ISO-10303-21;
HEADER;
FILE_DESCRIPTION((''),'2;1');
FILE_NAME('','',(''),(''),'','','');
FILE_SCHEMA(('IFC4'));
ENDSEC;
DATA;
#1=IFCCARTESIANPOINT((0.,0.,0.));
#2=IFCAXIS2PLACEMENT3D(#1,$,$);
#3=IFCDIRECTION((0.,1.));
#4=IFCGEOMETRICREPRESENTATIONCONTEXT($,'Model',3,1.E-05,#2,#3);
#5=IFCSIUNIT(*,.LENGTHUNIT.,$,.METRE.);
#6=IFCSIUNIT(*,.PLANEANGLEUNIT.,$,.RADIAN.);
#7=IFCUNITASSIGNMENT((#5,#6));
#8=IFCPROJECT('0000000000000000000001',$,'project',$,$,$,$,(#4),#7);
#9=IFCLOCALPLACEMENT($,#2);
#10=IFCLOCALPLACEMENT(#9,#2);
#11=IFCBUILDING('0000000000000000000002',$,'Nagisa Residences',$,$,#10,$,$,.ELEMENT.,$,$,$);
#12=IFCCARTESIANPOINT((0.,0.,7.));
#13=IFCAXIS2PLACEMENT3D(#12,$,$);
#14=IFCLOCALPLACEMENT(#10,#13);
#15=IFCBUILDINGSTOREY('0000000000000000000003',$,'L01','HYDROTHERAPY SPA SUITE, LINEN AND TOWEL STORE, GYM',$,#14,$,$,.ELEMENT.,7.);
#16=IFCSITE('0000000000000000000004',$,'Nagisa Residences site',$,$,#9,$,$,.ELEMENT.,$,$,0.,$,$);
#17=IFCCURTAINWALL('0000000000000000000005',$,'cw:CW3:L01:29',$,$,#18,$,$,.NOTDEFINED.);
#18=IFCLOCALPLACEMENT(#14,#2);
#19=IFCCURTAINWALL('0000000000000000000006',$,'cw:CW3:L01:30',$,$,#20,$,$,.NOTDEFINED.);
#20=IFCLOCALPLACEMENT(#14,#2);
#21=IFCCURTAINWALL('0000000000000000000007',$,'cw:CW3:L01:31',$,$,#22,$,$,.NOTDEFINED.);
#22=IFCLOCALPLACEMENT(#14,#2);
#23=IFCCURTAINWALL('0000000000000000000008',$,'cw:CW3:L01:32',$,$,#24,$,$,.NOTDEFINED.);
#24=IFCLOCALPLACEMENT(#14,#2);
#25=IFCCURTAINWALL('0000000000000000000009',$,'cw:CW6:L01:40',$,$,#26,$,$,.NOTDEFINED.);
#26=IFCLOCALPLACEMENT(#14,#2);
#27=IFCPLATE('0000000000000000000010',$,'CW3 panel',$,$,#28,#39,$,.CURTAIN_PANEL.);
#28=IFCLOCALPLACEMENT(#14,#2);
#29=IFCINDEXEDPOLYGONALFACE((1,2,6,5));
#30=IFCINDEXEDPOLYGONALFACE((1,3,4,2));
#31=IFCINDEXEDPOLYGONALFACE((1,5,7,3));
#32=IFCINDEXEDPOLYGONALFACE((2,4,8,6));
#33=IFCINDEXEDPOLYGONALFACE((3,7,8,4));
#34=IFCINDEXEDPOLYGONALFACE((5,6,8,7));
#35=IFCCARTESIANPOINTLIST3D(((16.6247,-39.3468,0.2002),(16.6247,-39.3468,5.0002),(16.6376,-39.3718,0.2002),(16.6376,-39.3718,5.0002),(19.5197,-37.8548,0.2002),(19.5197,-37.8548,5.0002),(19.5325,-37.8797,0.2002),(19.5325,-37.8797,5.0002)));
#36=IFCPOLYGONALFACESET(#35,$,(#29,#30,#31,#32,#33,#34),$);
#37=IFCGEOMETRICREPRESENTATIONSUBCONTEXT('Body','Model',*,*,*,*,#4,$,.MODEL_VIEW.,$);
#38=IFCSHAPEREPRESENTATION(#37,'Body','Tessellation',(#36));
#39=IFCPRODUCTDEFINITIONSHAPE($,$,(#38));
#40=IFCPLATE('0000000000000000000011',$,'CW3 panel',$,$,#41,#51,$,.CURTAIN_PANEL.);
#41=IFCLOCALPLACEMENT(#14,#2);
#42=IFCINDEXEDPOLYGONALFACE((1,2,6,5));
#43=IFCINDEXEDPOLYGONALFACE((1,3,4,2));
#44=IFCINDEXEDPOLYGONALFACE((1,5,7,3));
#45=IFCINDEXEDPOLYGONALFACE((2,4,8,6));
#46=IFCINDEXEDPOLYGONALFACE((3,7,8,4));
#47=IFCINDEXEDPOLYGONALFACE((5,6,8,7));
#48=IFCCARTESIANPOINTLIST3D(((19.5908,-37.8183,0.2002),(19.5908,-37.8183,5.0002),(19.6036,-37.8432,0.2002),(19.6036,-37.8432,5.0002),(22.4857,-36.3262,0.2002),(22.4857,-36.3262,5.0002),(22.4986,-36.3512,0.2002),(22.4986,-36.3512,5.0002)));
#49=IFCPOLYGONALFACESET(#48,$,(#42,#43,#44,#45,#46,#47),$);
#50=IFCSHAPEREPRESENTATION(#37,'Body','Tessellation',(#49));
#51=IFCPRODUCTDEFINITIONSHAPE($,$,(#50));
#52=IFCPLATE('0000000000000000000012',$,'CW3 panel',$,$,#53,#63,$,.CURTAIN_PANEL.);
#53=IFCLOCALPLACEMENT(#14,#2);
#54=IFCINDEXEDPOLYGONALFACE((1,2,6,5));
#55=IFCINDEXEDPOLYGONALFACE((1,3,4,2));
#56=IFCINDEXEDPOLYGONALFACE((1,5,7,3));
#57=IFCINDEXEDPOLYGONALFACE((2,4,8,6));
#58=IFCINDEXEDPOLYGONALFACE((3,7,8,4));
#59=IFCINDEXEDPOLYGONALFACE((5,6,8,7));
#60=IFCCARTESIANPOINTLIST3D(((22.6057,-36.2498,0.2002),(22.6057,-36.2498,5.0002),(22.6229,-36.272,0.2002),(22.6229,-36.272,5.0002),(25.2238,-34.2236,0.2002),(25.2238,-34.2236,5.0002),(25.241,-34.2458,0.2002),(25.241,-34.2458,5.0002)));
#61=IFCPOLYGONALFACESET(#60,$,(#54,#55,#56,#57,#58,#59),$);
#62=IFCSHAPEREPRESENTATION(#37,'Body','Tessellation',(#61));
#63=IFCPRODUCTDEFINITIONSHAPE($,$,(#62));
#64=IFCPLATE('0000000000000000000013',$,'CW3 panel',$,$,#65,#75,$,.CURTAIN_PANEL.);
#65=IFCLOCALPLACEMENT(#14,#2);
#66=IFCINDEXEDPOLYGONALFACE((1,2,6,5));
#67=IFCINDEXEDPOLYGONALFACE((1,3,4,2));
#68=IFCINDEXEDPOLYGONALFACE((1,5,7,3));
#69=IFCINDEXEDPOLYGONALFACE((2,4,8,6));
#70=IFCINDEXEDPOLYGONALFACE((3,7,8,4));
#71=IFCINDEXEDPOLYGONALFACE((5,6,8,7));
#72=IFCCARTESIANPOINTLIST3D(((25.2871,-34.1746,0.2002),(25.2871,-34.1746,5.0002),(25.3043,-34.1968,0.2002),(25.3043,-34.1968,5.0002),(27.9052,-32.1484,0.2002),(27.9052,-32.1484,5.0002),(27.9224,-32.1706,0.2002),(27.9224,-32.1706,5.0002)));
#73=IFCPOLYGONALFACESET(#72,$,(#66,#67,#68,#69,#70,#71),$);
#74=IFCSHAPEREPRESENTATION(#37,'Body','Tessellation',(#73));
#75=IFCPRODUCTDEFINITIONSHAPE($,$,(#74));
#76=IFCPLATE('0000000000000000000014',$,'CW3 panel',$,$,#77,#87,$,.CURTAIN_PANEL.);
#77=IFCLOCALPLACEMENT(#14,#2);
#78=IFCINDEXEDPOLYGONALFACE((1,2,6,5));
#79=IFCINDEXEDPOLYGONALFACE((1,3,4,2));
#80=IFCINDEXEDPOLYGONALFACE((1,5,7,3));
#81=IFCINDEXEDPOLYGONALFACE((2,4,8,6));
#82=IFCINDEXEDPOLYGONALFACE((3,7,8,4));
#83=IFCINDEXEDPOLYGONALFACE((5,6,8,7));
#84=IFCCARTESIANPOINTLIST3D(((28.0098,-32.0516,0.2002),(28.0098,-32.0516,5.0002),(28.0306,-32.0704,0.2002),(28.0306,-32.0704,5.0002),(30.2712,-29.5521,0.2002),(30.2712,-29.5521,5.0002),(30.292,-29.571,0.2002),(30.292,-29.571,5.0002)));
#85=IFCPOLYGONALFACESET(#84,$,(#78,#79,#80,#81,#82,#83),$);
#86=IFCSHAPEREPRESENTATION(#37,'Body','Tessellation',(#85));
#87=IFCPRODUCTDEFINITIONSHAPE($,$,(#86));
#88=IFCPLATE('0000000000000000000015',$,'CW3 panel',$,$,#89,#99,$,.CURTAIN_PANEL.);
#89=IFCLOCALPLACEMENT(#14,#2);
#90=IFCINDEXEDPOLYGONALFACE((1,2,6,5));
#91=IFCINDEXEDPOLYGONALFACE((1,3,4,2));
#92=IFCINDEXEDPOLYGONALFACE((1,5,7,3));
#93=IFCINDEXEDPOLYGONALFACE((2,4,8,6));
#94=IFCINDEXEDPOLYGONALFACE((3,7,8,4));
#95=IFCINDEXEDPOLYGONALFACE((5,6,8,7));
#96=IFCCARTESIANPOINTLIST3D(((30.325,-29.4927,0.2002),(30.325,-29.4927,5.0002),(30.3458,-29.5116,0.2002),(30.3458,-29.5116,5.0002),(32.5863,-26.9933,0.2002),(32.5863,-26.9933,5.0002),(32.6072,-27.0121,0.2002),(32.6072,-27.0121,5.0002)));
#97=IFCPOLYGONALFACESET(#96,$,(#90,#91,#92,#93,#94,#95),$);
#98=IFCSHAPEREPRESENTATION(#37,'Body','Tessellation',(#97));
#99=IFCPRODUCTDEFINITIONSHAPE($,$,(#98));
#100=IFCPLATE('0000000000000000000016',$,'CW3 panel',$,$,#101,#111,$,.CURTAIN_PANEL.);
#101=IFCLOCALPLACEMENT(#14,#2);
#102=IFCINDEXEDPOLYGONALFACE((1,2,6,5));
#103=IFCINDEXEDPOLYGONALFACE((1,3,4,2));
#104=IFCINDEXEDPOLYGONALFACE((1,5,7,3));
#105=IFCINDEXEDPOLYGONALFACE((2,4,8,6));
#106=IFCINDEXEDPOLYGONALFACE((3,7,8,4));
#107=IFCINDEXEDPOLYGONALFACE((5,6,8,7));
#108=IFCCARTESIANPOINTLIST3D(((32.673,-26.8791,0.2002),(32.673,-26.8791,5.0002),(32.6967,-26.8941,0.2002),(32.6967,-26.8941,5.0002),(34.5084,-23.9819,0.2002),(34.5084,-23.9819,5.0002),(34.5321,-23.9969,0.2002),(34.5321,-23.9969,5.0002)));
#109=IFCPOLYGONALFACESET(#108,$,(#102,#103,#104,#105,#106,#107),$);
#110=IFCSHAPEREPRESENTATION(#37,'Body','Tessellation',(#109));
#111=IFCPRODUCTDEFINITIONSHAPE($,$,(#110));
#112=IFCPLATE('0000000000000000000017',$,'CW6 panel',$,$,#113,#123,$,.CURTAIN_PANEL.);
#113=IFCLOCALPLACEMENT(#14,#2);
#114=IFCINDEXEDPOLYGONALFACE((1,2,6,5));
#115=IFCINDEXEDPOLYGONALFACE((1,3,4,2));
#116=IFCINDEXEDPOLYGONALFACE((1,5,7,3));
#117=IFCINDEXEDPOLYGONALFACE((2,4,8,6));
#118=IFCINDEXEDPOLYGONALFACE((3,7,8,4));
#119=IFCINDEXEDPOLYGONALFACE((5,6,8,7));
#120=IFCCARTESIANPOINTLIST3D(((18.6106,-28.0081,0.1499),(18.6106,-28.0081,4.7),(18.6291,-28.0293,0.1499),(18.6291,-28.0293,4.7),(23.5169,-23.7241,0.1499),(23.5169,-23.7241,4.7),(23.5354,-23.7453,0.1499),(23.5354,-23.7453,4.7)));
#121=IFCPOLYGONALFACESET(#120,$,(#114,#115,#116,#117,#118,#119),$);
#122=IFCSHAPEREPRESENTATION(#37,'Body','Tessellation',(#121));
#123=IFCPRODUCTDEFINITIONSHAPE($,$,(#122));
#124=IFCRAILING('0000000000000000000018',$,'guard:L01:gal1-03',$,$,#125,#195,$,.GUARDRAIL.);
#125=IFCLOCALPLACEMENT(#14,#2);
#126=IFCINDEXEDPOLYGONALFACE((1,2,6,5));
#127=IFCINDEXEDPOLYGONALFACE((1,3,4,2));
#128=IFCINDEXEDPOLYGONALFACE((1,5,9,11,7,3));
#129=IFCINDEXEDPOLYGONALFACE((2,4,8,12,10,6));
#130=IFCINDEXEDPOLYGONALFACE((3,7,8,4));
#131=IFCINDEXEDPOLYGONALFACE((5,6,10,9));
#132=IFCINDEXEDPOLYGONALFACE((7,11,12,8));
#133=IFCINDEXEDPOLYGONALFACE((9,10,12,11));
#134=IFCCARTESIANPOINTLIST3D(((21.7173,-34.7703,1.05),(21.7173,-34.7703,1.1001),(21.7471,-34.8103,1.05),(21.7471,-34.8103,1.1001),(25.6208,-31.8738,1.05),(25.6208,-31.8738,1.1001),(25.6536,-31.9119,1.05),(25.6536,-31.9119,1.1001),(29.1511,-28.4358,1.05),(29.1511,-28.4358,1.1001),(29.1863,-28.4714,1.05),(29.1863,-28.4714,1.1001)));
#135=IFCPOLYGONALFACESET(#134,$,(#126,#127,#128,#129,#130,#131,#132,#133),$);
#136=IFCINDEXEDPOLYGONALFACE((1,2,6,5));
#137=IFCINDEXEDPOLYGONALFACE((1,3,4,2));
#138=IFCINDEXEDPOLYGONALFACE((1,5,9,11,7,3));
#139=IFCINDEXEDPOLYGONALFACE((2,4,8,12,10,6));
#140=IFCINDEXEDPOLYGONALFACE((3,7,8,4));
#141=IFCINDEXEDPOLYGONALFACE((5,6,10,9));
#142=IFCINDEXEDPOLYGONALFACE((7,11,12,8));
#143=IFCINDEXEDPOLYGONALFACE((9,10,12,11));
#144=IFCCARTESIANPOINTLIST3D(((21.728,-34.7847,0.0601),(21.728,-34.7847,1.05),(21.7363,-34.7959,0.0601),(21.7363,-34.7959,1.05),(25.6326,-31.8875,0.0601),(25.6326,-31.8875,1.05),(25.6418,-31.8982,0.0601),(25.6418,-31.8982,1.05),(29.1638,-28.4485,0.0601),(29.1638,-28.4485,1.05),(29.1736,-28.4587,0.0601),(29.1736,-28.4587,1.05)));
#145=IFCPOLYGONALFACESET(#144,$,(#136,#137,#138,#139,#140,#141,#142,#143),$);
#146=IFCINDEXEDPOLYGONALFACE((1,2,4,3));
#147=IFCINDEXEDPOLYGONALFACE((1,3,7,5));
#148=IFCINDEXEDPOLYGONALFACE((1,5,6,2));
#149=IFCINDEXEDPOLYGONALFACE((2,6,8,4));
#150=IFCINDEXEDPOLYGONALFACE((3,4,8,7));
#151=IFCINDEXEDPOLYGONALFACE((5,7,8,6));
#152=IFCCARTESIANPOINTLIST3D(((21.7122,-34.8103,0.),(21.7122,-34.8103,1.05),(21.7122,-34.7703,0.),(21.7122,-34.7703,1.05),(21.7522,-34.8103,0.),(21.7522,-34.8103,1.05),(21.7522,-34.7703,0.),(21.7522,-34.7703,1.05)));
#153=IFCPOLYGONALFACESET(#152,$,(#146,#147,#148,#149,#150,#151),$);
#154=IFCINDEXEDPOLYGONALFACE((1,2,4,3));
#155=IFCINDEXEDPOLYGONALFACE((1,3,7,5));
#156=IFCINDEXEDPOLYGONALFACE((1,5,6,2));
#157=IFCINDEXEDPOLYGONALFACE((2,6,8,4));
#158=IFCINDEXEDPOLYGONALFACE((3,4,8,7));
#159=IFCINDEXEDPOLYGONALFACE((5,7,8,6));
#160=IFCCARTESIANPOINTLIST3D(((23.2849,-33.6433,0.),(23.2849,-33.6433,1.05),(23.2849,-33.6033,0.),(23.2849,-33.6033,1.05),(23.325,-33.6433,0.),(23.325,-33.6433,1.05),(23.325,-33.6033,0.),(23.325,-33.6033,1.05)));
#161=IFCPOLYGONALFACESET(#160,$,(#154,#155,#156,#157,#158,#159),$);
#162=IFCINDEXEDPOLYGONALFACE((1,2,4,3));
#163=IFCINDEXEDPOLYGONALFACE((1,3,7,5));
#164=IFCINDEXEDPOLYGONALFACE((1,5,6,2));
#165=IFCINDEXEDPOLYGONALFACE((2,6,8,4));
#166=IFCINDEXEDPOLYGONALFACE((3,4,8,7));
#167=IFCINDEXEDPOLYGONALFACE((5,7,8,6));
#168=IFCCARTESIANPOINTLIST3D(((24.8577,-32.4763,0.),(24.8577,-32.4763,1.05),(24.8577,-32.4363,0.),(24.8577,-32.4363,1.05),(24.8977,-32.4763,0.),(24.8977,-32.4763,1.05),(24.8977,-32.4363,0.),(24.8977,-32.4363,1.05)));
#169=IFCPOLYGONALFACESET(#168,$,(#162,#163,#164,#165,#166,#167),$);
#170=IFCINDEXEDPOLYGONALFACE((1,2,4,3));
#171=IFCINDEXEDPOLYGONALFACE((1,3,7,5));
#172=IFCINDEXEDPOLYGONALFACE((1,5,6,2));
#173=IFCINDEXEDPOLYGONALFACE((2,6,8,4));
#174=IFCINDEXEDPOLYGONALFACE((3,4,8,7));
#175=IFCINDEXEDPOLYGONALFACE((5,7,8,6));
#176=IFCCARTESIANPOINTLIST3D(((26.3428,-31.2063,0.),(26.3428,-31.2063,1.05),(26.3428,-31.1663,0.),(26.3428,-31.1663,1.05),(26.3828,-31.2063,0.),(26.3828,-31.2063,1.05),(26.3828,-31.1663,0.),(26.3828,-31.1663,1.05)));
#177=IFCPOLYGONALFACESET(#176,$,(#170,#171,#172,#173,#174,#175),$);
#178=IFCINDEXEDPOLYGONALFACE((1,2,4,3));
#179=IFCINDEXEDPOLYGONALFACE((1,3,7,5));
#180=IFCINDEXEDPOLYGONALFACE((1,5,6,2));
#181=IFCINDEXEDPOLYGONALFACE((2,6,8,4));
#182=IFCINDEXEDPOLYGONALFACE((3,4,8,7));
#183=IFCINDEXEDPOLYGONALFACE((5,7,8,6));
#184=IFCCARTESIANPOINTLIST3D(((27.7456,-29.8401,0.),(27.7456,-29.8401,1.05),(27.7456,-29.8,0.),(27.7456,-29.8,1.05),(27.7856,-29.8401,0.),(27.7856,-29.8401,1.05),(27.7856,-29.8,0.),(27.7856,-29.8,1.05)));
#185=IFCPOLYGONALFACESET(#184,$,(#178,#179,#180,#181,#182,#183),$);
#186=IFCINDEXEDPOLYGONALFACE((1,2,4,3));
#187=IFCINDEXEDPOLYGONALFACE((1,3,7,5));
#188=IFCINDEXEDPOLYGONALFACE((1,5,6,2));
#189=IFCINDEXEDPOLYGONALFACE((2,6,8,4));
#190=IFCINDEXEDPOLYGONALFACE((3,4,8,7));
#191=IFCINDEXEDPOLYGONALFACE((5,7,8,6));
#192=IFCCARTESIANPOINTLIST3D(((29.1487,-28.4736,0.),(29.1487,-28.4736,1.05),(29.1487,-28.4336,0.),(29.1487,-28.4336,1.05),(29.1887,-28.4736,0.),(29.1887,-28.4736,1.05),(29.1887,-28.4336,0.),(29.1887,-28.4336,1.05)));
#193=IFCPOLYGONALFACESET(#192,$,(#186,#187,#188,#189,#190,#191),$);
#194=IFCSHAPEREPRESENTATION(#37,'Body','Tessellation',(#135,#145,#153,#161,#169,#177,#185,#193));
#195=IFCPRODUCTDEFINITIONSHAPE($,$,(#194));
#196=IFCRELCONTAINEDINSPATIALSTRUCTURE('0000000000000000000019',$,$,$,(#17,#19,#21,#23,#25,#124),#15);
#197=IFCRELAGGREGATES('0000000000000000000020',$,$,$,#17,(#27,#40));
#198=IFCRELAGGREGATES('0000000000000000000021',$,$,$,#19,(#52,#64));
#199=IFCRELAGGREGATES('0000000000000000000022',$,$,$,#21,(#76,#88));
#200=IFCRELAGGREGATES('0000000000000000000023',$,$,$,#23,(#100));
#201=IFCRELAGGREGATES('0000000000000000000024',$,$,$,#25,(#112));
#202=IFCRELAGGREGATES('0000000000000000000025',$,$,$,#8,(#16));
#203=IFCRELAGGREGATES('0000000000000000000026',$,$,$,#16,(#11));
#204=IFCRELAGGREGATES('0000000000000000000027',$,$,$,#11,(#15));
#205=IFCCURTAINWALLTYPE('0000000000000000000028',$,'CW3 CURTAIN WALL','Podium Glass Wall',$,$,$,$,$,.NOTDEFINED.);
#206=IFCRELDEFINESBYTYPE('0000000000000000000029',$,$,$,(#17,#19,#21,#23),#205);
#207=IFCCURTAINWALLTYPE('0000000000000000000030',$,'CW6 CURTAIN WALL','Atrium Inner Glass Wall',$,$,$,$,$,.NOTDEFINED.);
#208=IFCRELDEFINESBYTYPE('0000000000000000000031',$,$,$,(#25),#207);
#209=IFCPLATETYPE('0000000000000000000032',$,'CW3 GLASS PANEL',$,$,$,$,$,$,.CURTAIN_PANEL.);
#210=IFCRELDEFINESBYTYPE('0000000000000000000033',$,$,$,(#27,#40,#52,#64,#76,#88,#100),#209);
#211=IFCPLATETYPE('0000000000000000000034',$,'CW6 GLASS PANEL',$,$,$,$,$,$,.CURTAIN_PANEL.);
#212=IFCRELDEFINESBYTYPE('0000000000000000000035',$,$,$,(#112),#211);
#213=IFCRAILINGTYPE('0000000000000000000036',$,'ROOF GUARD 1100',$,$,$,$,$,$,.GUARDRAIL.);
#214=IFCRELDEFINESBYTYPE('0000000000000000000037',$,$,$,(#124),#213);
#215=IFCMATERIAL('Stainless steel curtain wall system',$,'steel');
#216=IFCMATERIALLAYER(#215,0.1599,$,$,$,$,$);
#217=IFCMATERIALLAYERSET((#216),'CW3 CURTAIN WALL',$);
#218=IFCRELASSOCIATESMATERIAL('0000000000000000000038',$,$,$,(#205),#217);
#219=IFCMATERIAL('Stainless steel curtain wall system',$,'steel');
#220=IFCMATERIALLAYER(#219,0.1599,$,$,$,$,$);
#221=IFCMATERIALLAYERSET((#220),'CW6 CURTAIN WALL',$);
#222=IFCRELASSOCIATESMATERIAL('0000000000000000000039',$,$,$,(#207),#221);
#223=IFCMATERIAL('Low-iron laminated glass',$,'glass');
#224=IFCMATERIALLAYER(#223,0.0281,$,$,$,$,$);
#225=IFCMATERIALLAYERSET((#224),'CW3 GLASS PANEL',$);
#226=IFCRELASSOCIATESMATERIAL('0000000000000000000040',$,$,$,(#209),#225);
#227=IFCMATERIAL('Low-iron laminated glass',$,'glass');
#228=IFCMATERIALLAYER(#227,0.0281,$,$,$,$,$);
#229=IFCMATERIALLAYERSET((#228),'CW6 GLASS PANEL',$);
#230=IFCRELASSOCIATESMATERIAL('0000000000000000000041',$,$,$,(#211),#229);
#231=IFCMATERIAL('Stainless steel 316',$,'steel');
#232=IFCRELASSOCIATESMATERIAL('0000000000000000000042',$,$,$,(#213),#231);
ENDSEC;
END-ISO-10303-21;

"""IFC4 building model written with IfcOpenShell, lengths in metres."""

from ifc_helpers import new_model, si_unit, direction, frame, origin, origin_2d, place, context, subcontext, project, spatial, polyline, rectangle, outline, extrude, material, layer, layer_set, type_object, element, aggregate, save


model = new_model("IFC4")

# Units and contexts
model_context = context("Model", 3, precision=1e-05, world=origin(), true_north=direction((0.0, 1.0)))
body_context = subcontext(model_context, "Body", "Model", "MODEL_VIEW")
ifc_project = project(units=[si_unit("LENGTHUNIT", "METRE"), si_unit("PLANEANGLEUNIT", "RADIAN")], contexts=[model_context])

# Site, building, storey
site_placement = place(None, origin())
site = spatial("IfcSite", under=ifc_project, at=site_placement, Name="Nagisa Residences site", CompositionType="ELEMENT", RefElevation=0.0)
building_placement = place(site_placement, origin())
building = spatial("IfcBuilding", under=site, at=building_placement, Name="Nagisa Residences", CompositionType="ELEMENT")
storey_placement = place(building_placement, frame((0.0, 0.0, 7.0)))
storey = spatial("IfcBuildingStorey", under=building, at=storey_placement, Name="L01", Description="HYDROTHERAPY SPA SUITE, LINEN AND TOWEL STORE, GYM", CompositionType="ELEMENT", Elevation=7.0)

# Curtain walls
ifc_material_1 = material(Name="Stainless steel curtain wall system", Category="steel")
ifc_layer_1 = layer(ifc_material_1, 0.1599)
ifc_layer_set_1 = layer_set([ifc_layer_1], Name="CW3 CURTAIN WALL")
curtain_wall_type_1 = type_object("IfcCurtainWallType", Name="CW3 CURTAIN WALL", Description="Podium Glass Wall", PredefinedType="NOTDEFINED", material=ifc_layer_set_1)
curtain_wall_1_placement = place(storey_placement, origin())
curtain_wall_1 = element("IfcCurtainWall", 1, at=curtain_wall_1_placement, inside=storey, type_object=curtain_wall_type_1, Name="cw:CW3:L01:29", PredefinedType="NOTDEFINED")
curtain_wall_2_placement = place(storey_placement, origin())
curtain_wall_2 = element("IfcCurtainWall", 2, at=curtain_wall_2_placement, inside=storey, type_object=curtain_wall_type_1, Name="cw:CW3:L01:30", PredefinedType="NOTDEFINED")
curtain_wall_3_placement = place(storey_placement, origin())
curtain_wall_3 = element("IfcCurtainWall", 3, at=curtain_wall_3_placement, inside=storey, type_object=curtain_wall_type_1, Name="cw:CW3:L01:31", PredefinedType="NOTDEFINED")
curtain_wall_4_placement = place(storey_placement, origin())
curtain_wall_4 = element("IfcCurtainWall", 4, at=curtain_wall_4_placement, inside=storey, type_object=curtain_wall_type_1, Name="cw:CW3:L01:32", PredefinedType="NOTDEFINED")

# Curtain wall
ifc_material_2 = material(Name="Stainless steel curtain wall system", Category="steel")
ifc_layer_2 = layer(ifc_material_2, 0.1599)
ifc_layer_set_2 = layer_set([ifc_layer_2], Name="CW6 CURTAIN WALL")
curtain_wall_type_2 = type_object("IfcCurtainWallType", Name="CW6 CURTAIN WALL", Description="Atrium Inner Glass Wall", PredefinedType="NOTDEFINED", material=ifc_layer_set_2)
curtain_wall_5_placement = place(storey_placement, origin())
curtain_wall_5 = element("IfcCurtainWall", 5, at=curtain_wall_5_placement, inside=storey, type_object=curtain_wall_type_2, Name="cw:CW6:L01:40", PredefinedType="NOTDEFINED")

# Plates
ifc_material_3 = material(Name="Low-iron laminated glass", Category="glass")
ifc_layer_3 = layer(ifc_material_3, 0.0281)
ifc_layer_set_3 = layer_set([ifc_layer_3], Name="CW3 GLASS PANEL")
plate_type_1 = type_object("IfcPlateType", Name="CW3 GLASS PANEL", PredefinedType="CURTAIN_PANEL", material=ifc_layer_set_3)
plate_1_placement = place(storey_placement, frame((18.0786, -38.6133, 0.2002), z_axis=(0.0, 0.0, 1.0), x_axis=(0.888887, 0.458126, 0.0)))
plate_1 = element("IfcPlate", 6, at=plate_1_placement, type_object=plate_type_1, Name="CW3 panel", PredefinedType="CURTAIN_PANEL", context=body_context, shape_type="SweptSolid", body=[
    extrude(rectangle(XDim=3.2568, YDim=0.0281, at=origin_2d()), origin(), (0.0, 0.0, 1.0), 4.8),
])
plate_2_placement = place(storey_placement, frame((21.0447, -37.0847, 0.2002), z_axis=(0.0, 0.0, 1.0), x_axis=(0.888887, 0.458126, 0.0)))
plate_2 = element("IfcPlate", 7, at=plate_2_placement, type_object=plate_type_1, Name="CW3 panel", PredefinedType="CURTAIN_PANEL", context=body_context, shape_type="SweptSolid", body=[
    extrude(rectangle(XDim=3.2568, YDim=0.0281, at=origin_2d()), origin(), (0.0, 0.0, 1.0), 4.8),
])
aggregate(curtain_wall_1, [plate_1, plate_2])
plate_3_placement = place(storey_placement, frame((23.9233, -35.2478, 0.2002), z_axis=(0.0, 0.0, 1.0), x_axis=(0.790831, 0.612035, 0.0)))
plate_3 = element("IfcPlate", 8, at=plate_3_placement, type_object=plate_type_1, Name="CW3 panel", PredefinedType="CURTAIN_PANEL", context=body_context, shape_type="SweptSolid", body=[
    extrude(rectangle(XDim=3.3105, YDim=0.0281, at=origin_2d()), origin(), (0.0, 0.0, 1.0), 4.8),
])
plate_4_placement = place(storey_placement, frame((26.6047, -33.1726, 0.2002), z_axis=(0.0, 0.0, 1.0), x_axis=(0.790831, 0.612035, 0.0)))
plate_4 = element("IfcPlate", 9, at=plate_4_placement, type_object=plate_type_1, Name="CW3 panel", PredefinedType="CURTAIN_PANEL", context=body_context, shape_type="SweptSolid", body=[
    extrude(rectangle(XDim=3.3105, YDim=0.0281, at=origin_2d()), origin(), (0.0, 0.0, 1.0), 4.8),
])
aggregate(curtain_wall_2, [plate_3, plate_4])
plate_5_placement = place(storey_placement, frame((29.1509, -30.8113, 0.2002), z_axis=(0.0, 0.0, 1.0), x_axis=(0.670913, 0.741536, 0.0)))
plate_5 = element("IfcPlate", 10, at=plate_5_placement, type_object=plate_type_1, Name="CW3 panel", PredefinedType="CURTAIN_PANEL", context=body_context, shape_type="SweptSolid", body=[
    extrude(rectangle(XDim=3.3706, YDim=0.0281, at=origin_2d()), origin(), (0.0, 0.0, 1.0), 4.8),
])
plate_6_placement = place(storey_placement, frame((31.4661, -28.2524, 0.2002), z_axis=(0.0, 0.0, 1.0), x_axis=(0.670913, 0.741536, 0.0)))
plate_6 = element("IfcPlate", 11, at=plate_6_placement, type_object=plate_type_1, Name="CW3 panel", PredefinedType="CURTAIN_PANEL", context=body_context, shape_type="SweptSolid", body=[
    extrude(rectangle(XDim=3.3706, YDim=0.0281, at=origin_2d()), origin(), (0.0, 0.0, 1.0), 4.8),
])
aggregate(curtain_wall_3, [plate_5, plate_6])
plate_7_placement = place(storey_placement, frame((33.6025, -25.438, 0.2002), z_axis=(0.0, 0.0, 1.0), x_axis=(0.535165, 0.844747, 0.0)))
plate_7 = element("IfcPlate", 12, at=plate_7_placement, type_object=plate_type_1, Name="CW3 panel", PredefinedType="CURTAIN_PANEL", context=body_context, shape_type="SweptSolid", body=[
    extrude(rectangle(XDim=3.4297, YDim=0.0281, at=origin_2d()), origin(), (0.0, 0.0, 1.0), 4.8),
])
aggregate(curtain_wall_4, [plate_7])
ifc_material_4 = material(Name="Low-iron laminated glass", Category="glass")
ifc_layer_4 = layer(ifc_material_4, 0.0281)
ifc_layer_set_4 = layer_set([ifc_layer_4], Name="CW6 GLASS PANEL")
plate_type_2 = type_object("IfcPlateType", Name="CW6 GLASS PANEL", PredefinedType="CURTAIN_PANEL", material=ifc_layer_set_4)
plate_8_placement = place(storey_placement, frame((21.073, -25.8767, 0.1499), z_axis=(0.0, 0.0, 1.0), x_axis=(0.753261, 0.657721, 0.0)))
plate_8 = element("IfcPlate", 13, at=plate_8_placement, type_object=plate_type_2, Name="CW6 panel", PredefinedType="CURTAIN_PANEL", context=body_context, shape_type="SweptSolid", body=[
    extrude(rectangle(XDim=6.5134, YDim=0.0281, at=origin_2d()), origin(), (0.0, 0.0, 1.0), 4.55),
])
aggregate(curtain_wall_5, [plate_8])

# Railing
ifc_material_5 = material(Name="Stainless steel 316", Category="steel")
railing_type = type_object("IfcRailingType", Name="ROOF GUARD 1100", PredefinedType="GUARDRAIL", material=ifc_material_5)
railing_1_placement = place(storey_placement, frame((21.7322, -34.7903, 0.0)))
element("IfcRailing", 14, at=railing_1_placement, inside=storey, type_object=railing_type, Name="guard:L01:gal1-03", PredefinedType="GUARDRAIL", context=body_context, shape_type="SweptSolid", body=[
    extrude(outline(polyline([(3.8887, 2.9165), (-0.0149, 0.02), (0.0149, -0.02), (3.9214, 2.8784), (7.4541, 6.3188), (7.4189, 6.3545), (3.8887, 2.9165)])), frame((0.0, 0.0, 1.05)), (0.0, 0.0, 1.0), 0.05),
    extrude(outline(polyline([(3.9004, 2.9028), (-0.0042, 0.0056), (0.0042, -0.0056), (3.9097, 2.8921), (7.4414, 6.3315), (7.4316, 6.3418), (3.9004, 2.9028)])), frame((0.0, 0.0, 0.0601)), (0.0, 0.0, 1.0), 0.99),
    extrude(rectangle(XDim=0.04, YDim=0.04, at=origin_2d()), origin(), (0.0, 0.0, 1.0), 1.05),
    extrude(rectangle(XDim=0.04, YDim=0.04, at=origin_2d()), frame((1.5728, 1.167, 0.0)), (0.0, 0.0, 1.0), 1.05),
    extrude(rectangle(XDim=0.04, YDim=0.04, at=origin_2d()), frame((3.1455, 2.334, 0.0)), (0.0, 0.0, 1.0), 1.05),
    extrude(rectangle(XDim=0.04, YDim=0.04, at=origin_2d()), frame((4.6306, 3.604, 0.0)), (0.0, 0.0, 1.0), 1.05),
    extrude(rectangle(XDim=0.04, YDim=0.04, at=origin_2d()), frame((6.0334, 4.9702, 0.0)), (0.0, 0.0, 1.0), 1.05),
    extrude(rectangle(XDim=0.04, YDim=0.04, at=origin_2d()), frame((7.4365, 6.3367, 0.0)), (0.0, 0.0, 1.0), 1.05),
])

save(model, "model.ifc")
